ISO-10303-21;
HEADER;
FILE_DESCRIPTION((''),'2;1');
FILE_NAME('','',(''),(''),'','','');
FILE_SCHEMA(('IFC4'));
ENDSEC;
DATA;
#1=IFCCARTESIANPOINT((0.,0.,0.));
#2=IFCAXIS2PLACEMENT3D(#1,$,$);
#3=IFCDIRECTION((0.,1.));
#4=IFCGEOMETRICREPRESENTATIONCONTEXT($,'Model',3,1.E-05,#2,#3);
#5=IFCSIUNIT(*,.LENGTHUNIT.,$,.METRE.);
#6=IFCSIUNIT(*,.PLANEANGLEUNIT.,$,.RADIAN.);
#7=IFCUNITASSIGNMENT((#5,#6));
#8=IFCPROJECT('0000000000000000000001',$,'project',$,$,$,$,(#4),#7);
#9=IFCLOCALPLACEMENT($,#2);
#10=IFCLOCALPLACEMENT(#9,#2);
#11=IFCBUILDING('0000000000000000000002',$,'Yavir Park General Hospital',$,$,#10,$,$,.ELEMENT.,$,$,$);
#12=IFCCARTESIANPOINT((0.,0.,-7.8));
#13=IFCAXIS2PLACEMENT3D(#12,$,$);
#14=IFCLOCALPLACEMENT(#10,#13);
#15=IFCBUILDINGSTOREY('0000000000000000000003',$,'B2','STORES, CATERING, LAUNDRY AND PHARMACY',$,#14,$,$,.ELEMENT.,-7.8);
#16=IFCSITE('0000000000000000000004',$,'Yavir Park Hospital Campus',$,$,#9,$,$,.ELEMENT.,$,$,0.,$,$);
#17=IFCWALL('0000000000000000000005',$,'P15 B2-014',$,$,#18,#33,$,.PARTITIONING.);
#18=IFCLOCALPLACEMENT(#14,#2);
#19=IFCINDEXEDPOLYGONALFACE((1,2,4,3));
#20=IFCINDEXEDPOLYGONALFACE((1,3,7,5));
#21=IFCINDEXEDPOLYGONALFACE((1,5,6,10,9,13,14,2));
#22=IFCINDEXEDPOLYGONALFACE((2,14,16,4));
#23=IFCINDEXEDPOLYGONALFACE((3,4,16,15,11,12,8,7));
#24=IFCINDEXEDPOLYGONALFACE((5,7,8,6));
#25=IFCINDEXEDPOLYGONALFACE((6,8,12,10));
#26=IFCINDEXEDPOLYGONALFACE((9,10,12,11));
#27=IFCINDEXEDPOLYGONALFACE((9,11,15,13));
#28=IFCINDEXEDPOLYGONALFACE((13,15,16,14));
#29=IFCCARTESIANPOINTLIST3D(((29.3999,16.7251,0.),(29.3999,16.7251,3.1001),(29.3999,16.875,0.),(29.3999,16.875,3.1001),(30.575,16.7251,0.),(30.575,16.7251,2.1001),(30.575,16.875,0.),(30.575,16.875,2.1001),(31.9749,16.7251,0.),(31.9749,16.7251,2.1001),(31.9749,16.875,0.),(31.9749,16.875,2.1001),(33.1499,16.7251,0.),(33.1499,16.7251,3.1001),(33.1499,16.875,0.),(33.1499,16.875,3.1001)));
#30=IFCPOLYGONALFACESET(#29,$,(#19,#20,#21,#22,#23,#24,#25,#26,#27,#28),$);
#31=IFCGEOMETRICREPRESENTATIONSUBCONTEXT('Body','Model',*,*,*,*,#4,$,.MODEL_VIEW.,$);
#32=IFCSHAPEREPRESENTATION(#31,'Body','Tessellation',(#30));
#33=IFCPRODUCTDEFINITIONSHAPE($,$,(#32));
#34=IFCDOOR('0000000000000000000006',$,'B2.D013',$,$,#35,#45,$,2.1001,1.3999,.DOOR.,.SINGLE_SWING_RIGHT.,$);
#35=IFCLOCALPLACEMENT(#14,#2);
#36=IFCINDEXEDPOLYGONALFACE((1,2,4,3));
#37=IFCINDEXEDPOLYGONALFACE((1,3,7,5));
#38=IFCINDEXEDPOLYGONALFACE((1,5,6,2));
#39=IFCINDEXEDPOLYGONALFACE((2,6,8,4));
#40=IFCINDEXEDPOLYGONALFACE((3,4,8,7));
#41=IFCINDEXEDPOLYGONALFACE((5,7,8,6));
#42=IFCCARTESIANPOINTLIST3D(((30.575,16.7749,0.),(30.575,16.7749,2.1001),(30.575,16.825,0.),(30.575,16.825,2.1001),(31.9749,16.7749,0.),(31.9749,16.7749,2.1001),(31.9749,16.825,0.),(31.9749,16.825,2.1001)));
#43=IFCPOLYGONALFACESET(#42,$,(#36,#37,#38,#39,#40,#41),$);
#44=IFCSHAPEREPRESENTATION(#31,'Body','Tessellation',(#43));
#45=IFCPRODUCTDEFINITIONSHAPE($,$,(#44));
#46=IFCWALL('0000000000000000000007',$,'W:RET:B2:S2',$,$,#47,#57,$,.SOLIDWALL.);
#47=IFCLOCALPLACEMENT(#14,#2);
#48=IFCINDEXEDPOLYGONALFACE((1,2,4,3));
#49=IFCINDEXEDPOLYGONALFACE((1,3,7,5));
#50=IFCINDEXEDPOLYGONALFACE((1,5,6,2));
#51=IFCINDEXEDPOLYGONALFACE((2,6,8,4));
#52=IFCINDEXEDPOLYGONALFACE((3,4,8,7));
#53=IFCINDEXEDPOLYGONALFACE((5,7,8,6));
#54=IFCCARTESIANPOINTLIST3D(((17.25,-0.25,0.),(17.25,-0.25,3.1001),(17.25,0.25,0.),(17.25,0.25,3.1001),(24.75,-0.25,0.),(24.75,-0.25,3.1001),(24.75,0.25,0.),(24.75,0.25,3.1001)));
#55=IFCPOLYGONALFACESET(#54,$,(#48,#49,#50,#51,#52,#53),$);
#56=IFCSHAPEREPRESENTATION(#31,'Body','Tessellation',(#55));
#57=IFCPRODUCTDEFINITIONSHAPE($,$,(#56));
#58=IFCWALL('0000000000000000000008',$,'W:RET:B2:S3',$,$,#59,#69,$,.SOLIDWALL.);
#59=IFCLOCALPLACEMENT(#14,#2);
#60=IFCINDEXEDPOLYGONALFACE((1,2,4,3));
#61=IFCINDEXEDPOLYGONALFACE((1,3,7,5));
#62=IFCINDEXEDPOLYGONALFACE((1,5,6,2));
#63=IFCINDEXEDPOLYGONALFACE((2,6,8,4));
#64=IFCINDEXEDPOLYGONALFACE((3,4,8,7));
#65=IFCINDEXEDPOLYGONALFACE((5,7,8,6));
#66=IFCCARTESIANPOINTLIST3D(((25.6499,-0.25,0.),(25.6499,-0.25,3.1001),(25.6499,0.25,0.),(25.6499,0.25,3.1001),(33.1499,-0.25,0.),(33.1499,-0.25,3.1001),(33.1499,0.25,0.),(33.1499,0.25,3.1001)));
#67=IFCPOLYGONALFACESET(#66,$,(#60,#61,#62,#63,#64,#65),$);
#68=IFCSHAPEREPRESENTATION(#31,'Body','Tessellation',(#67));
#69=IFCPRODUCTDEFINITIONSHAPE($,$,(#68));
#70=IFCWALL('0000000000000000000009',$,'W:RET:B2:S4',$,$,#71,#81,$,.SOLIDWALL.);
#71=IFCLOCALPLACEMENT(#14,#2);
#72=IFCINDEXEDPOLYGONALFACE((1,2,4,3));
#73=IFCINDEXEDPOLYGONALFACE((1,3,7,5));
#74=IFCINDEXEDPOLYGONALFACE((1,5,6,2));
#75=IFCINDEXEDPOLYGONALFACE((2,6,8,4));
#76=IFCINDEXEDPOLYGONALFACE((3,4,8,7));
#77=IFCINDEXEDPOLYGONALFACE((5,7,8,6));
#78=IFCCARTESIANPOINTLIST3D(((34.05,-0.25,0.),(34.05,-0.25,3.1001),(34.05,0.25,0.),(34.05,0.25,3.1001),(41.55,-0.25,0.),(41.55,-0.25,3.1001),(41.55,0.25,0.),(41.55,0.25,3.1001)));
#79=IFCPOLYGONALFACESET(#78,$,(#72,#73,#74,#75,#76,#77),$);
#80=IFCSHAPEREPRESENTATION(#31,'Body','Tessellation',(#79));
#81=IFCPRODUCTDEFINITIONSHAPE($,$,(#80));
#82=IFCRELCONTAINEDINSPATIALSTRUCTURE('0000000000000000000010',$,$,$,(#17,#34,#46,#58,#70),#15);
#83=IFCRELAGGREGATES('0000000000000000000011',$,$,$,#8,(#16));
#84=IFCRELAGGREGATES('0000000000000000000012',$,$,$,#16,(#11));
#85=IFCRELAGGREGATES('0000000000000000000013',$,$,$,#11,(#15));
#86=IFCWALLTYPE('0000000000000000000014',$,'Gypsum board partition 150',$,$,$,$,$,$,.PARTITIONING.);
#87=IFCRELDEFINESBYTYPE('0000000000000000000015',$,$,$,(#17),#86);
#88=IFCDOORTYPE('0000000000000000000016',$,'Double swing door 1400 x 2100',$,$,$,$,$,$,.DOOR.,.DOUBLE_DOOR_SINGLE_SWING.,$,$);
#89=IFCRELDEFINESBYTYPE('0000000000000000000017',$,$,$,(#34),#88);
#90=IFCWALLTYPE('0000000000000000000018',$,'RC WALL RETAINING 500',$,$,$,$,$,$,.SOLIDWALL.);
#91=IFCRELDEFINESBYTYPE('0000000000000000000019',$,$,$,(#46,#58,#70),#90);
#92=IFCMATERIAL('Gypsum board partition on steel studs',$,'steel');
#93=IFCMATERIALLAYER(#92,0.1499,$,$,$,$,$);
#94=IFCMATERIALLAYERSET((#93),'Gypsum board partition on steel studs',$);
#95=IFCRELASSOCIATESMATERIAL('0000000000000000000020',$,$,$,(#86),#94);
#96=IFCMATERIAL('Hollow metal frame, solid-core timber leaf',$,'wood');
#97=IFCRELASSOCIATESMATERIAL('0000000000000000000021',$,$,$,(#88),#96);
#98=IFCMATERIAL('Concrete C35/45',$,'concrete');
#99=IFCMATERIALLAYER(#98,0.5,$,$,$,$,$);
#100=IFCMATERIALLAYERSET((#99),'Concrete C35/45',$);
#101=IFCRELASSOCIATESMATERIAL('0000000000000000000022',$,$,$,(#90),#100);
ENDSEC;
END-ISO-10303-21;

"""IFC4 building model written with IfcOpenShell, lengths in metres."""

from ifc_helpers import new_model, si_unit, direction, frame, frame_2d, origin, place, context, subcontext, project, spatial, rectangle, extrude, material, layer, layer_set, type_object, element, fill, save


model = new_model("IFC4")

# Units and contexts
model_context = context("Model", 3, precision=1e-05, world=origin(), true_north=direction((0.0, 1.0)))
body_context = subcontext(model_context, "Body", "Model", "MODEL_VIEW")
ifc_project = project(units=[si_unit("LENGTHUNIT", "METRE"), si_unit("PLANEANGLEUNIT", "RADIAN")], contexts=[model_context])

# Site, building, storey
site_placement = place(None, origin())
site = spatial("IfcSite", under=ifc_project, at=site_placement, Name="Yavir Park Hospital Campus", CompositionType="ELEMENT", RefElevation=0.0)
building_placement = place(site_placement, origin())
building = spatial("IfcBuilding", under=site, at=building_placement, Name="Yavir Park General Hospital", CompositionType="ELEMENT")
storey_placement = place(building_placement, frame((0.0, 0.0, -7.8)))
storey = spatial("IfcBuildingStorey", under=building, at=storey_placement, Name="B2", Description="STORES, CATERING, LAUNDRY AND PHARMACY", CompositionType="ELEMENT", Elevation=-7.8)

# Wall, opening, door
ifc_material_1 = material(Name="Gypsum board partition on steel studs", Category="steel")
ifc_layer_1 = layer(ifc_material_1, 0.1499)
ifc_layer_set_1 = layer_set([ifc_layer_1], Name="Gypsum board partition on steel studs")
wall_type_1 = type_object("IfcWallType", Name="Gypsum board partition 150", PredefinedType="PARTITIONING", material=ifc_layer_set_1)
wall_1_placement = place(storey_placement, frame((29.3999, 16.8, 0.0), z_axis=(0.0, 0.0, 1.0), x_axis=(1.0, 0.0, 0.0)))
wall_1 = element("IfcWall", 1, at=wall_1_placement, inside=storey, type_object=wall_type_1, Name="P15 B2-014", PredefinedType="PARTITIONING", context=body_context, shape_type="SweptSolid", body=[
    extrude(rectangle(XDim=3.75, YDim=0.1499, at=frame_2d((1.875, 0.0))), origin(), (0.0, 0.0, 1.0), 3.1001),
])
opening_1_placement = place(wall_1_placement, frame((1.175, 0.0, 0.0)))
opening_1 = element("IfcOpeningElement", 2, at=opening_1_placement, cuts=wall_1, PredefinedType="OPENING", context=body_context, shape_type="SweptSolid", body=[
    extrude(rectangle(XDim=1.3999, YDim=2.1001, at=frame_2d((0.7, 1.05))), frame((0.0, 0.085, 0.0), z_axis=(0.0, -1.0, 0.0), x_axis=(1.0, 0.0, 0.0)), (0.0, 0.0, 1.0), 0.1699),
])
ifc_material_2 = material(Name="Hollow metal frame, solid-core timber leaf", Category="wood")
door_type_1 = type_object("IfcDoorType", Name="Double swing door 1400 x 2100", OperationType="DOUBLE_DOOR_SINGLE_SWING", PredefinedType="DOOR", material=ifc_material_2)
door_1_placement = place(opening_1_placement, origin())
door_1 = element("IfcDoor", 3, at=door_1_placement, inside=storey, type_object=door_type_1, Name="B2.D013", OperationType="SINGLE_SWING_RIGHT", OverallHeight=2.1001, OverallWidth=1.3999, PredefinedType="DOOR", context=body_context, shape_type="SweptSolid", body=[
    extrude(rectangle(XDim=1.3999, YDim=2.1001, at=frame_2d((0.7, 1.05))), frame((0.0, 0.0249, 0.0), z_axis=(0.0, -1.0, 0.0), x_axis=(1.0, 0.0, 0.0)), (0.0, 0.0, 1.0), 0.05),
])
fill(opening_1, door_1)

# Walls
ifc_material_3 = material(Name="Concrete C35/45", Category="concrete")
ifc_layer_2 = layer(ifc_material_3, 0.5)
ifc_layer_set_2 = layer_set([ifc_layer_2], Name="Concrete C35/45")
wall_type_2 = type_object("IfcWallType", Name="RC WALL RETAINING 500", PredefinedType="SOLIDWALL", material=ifc_layer_set_2)
for number, where, z_axis, x_axis, name in (
    (4, (17.25, 0.0, 0.0), (0.0, 0.0, 1.0), (1.0, 0.0, 0.0), "W:RET:B2:S2"),
    (5, (25.6499, 0.0, 0.0), (0.0, 0.0, 1.0), (1.0, 0.0, 0.0), "W:RET:B2:S3"),
    (6, (34.05, 0.0, 0.0), (0.0, 0.0, 1.0), (1.0, 0.0, 0.0), "W:RET:B2:S4"),
):
    element("IfcWall", number, at=place(storey_placement, frame(where, z_axis=z_axis, x_axis=x_axis)), inside=storey, type_object=wall_type_2, Name=name, PredefinedType="SOLIDWALL", context=body_context, shape_type="SweptSolid", body=[
        extrude(rectangle(XDim=7.5, YDim=0.5, at=frame_2d((3.75, 0.0))), origin(), (0.0, 0.0, 1.0), 3.1001),
    ])

save(model, "model.ifc")
